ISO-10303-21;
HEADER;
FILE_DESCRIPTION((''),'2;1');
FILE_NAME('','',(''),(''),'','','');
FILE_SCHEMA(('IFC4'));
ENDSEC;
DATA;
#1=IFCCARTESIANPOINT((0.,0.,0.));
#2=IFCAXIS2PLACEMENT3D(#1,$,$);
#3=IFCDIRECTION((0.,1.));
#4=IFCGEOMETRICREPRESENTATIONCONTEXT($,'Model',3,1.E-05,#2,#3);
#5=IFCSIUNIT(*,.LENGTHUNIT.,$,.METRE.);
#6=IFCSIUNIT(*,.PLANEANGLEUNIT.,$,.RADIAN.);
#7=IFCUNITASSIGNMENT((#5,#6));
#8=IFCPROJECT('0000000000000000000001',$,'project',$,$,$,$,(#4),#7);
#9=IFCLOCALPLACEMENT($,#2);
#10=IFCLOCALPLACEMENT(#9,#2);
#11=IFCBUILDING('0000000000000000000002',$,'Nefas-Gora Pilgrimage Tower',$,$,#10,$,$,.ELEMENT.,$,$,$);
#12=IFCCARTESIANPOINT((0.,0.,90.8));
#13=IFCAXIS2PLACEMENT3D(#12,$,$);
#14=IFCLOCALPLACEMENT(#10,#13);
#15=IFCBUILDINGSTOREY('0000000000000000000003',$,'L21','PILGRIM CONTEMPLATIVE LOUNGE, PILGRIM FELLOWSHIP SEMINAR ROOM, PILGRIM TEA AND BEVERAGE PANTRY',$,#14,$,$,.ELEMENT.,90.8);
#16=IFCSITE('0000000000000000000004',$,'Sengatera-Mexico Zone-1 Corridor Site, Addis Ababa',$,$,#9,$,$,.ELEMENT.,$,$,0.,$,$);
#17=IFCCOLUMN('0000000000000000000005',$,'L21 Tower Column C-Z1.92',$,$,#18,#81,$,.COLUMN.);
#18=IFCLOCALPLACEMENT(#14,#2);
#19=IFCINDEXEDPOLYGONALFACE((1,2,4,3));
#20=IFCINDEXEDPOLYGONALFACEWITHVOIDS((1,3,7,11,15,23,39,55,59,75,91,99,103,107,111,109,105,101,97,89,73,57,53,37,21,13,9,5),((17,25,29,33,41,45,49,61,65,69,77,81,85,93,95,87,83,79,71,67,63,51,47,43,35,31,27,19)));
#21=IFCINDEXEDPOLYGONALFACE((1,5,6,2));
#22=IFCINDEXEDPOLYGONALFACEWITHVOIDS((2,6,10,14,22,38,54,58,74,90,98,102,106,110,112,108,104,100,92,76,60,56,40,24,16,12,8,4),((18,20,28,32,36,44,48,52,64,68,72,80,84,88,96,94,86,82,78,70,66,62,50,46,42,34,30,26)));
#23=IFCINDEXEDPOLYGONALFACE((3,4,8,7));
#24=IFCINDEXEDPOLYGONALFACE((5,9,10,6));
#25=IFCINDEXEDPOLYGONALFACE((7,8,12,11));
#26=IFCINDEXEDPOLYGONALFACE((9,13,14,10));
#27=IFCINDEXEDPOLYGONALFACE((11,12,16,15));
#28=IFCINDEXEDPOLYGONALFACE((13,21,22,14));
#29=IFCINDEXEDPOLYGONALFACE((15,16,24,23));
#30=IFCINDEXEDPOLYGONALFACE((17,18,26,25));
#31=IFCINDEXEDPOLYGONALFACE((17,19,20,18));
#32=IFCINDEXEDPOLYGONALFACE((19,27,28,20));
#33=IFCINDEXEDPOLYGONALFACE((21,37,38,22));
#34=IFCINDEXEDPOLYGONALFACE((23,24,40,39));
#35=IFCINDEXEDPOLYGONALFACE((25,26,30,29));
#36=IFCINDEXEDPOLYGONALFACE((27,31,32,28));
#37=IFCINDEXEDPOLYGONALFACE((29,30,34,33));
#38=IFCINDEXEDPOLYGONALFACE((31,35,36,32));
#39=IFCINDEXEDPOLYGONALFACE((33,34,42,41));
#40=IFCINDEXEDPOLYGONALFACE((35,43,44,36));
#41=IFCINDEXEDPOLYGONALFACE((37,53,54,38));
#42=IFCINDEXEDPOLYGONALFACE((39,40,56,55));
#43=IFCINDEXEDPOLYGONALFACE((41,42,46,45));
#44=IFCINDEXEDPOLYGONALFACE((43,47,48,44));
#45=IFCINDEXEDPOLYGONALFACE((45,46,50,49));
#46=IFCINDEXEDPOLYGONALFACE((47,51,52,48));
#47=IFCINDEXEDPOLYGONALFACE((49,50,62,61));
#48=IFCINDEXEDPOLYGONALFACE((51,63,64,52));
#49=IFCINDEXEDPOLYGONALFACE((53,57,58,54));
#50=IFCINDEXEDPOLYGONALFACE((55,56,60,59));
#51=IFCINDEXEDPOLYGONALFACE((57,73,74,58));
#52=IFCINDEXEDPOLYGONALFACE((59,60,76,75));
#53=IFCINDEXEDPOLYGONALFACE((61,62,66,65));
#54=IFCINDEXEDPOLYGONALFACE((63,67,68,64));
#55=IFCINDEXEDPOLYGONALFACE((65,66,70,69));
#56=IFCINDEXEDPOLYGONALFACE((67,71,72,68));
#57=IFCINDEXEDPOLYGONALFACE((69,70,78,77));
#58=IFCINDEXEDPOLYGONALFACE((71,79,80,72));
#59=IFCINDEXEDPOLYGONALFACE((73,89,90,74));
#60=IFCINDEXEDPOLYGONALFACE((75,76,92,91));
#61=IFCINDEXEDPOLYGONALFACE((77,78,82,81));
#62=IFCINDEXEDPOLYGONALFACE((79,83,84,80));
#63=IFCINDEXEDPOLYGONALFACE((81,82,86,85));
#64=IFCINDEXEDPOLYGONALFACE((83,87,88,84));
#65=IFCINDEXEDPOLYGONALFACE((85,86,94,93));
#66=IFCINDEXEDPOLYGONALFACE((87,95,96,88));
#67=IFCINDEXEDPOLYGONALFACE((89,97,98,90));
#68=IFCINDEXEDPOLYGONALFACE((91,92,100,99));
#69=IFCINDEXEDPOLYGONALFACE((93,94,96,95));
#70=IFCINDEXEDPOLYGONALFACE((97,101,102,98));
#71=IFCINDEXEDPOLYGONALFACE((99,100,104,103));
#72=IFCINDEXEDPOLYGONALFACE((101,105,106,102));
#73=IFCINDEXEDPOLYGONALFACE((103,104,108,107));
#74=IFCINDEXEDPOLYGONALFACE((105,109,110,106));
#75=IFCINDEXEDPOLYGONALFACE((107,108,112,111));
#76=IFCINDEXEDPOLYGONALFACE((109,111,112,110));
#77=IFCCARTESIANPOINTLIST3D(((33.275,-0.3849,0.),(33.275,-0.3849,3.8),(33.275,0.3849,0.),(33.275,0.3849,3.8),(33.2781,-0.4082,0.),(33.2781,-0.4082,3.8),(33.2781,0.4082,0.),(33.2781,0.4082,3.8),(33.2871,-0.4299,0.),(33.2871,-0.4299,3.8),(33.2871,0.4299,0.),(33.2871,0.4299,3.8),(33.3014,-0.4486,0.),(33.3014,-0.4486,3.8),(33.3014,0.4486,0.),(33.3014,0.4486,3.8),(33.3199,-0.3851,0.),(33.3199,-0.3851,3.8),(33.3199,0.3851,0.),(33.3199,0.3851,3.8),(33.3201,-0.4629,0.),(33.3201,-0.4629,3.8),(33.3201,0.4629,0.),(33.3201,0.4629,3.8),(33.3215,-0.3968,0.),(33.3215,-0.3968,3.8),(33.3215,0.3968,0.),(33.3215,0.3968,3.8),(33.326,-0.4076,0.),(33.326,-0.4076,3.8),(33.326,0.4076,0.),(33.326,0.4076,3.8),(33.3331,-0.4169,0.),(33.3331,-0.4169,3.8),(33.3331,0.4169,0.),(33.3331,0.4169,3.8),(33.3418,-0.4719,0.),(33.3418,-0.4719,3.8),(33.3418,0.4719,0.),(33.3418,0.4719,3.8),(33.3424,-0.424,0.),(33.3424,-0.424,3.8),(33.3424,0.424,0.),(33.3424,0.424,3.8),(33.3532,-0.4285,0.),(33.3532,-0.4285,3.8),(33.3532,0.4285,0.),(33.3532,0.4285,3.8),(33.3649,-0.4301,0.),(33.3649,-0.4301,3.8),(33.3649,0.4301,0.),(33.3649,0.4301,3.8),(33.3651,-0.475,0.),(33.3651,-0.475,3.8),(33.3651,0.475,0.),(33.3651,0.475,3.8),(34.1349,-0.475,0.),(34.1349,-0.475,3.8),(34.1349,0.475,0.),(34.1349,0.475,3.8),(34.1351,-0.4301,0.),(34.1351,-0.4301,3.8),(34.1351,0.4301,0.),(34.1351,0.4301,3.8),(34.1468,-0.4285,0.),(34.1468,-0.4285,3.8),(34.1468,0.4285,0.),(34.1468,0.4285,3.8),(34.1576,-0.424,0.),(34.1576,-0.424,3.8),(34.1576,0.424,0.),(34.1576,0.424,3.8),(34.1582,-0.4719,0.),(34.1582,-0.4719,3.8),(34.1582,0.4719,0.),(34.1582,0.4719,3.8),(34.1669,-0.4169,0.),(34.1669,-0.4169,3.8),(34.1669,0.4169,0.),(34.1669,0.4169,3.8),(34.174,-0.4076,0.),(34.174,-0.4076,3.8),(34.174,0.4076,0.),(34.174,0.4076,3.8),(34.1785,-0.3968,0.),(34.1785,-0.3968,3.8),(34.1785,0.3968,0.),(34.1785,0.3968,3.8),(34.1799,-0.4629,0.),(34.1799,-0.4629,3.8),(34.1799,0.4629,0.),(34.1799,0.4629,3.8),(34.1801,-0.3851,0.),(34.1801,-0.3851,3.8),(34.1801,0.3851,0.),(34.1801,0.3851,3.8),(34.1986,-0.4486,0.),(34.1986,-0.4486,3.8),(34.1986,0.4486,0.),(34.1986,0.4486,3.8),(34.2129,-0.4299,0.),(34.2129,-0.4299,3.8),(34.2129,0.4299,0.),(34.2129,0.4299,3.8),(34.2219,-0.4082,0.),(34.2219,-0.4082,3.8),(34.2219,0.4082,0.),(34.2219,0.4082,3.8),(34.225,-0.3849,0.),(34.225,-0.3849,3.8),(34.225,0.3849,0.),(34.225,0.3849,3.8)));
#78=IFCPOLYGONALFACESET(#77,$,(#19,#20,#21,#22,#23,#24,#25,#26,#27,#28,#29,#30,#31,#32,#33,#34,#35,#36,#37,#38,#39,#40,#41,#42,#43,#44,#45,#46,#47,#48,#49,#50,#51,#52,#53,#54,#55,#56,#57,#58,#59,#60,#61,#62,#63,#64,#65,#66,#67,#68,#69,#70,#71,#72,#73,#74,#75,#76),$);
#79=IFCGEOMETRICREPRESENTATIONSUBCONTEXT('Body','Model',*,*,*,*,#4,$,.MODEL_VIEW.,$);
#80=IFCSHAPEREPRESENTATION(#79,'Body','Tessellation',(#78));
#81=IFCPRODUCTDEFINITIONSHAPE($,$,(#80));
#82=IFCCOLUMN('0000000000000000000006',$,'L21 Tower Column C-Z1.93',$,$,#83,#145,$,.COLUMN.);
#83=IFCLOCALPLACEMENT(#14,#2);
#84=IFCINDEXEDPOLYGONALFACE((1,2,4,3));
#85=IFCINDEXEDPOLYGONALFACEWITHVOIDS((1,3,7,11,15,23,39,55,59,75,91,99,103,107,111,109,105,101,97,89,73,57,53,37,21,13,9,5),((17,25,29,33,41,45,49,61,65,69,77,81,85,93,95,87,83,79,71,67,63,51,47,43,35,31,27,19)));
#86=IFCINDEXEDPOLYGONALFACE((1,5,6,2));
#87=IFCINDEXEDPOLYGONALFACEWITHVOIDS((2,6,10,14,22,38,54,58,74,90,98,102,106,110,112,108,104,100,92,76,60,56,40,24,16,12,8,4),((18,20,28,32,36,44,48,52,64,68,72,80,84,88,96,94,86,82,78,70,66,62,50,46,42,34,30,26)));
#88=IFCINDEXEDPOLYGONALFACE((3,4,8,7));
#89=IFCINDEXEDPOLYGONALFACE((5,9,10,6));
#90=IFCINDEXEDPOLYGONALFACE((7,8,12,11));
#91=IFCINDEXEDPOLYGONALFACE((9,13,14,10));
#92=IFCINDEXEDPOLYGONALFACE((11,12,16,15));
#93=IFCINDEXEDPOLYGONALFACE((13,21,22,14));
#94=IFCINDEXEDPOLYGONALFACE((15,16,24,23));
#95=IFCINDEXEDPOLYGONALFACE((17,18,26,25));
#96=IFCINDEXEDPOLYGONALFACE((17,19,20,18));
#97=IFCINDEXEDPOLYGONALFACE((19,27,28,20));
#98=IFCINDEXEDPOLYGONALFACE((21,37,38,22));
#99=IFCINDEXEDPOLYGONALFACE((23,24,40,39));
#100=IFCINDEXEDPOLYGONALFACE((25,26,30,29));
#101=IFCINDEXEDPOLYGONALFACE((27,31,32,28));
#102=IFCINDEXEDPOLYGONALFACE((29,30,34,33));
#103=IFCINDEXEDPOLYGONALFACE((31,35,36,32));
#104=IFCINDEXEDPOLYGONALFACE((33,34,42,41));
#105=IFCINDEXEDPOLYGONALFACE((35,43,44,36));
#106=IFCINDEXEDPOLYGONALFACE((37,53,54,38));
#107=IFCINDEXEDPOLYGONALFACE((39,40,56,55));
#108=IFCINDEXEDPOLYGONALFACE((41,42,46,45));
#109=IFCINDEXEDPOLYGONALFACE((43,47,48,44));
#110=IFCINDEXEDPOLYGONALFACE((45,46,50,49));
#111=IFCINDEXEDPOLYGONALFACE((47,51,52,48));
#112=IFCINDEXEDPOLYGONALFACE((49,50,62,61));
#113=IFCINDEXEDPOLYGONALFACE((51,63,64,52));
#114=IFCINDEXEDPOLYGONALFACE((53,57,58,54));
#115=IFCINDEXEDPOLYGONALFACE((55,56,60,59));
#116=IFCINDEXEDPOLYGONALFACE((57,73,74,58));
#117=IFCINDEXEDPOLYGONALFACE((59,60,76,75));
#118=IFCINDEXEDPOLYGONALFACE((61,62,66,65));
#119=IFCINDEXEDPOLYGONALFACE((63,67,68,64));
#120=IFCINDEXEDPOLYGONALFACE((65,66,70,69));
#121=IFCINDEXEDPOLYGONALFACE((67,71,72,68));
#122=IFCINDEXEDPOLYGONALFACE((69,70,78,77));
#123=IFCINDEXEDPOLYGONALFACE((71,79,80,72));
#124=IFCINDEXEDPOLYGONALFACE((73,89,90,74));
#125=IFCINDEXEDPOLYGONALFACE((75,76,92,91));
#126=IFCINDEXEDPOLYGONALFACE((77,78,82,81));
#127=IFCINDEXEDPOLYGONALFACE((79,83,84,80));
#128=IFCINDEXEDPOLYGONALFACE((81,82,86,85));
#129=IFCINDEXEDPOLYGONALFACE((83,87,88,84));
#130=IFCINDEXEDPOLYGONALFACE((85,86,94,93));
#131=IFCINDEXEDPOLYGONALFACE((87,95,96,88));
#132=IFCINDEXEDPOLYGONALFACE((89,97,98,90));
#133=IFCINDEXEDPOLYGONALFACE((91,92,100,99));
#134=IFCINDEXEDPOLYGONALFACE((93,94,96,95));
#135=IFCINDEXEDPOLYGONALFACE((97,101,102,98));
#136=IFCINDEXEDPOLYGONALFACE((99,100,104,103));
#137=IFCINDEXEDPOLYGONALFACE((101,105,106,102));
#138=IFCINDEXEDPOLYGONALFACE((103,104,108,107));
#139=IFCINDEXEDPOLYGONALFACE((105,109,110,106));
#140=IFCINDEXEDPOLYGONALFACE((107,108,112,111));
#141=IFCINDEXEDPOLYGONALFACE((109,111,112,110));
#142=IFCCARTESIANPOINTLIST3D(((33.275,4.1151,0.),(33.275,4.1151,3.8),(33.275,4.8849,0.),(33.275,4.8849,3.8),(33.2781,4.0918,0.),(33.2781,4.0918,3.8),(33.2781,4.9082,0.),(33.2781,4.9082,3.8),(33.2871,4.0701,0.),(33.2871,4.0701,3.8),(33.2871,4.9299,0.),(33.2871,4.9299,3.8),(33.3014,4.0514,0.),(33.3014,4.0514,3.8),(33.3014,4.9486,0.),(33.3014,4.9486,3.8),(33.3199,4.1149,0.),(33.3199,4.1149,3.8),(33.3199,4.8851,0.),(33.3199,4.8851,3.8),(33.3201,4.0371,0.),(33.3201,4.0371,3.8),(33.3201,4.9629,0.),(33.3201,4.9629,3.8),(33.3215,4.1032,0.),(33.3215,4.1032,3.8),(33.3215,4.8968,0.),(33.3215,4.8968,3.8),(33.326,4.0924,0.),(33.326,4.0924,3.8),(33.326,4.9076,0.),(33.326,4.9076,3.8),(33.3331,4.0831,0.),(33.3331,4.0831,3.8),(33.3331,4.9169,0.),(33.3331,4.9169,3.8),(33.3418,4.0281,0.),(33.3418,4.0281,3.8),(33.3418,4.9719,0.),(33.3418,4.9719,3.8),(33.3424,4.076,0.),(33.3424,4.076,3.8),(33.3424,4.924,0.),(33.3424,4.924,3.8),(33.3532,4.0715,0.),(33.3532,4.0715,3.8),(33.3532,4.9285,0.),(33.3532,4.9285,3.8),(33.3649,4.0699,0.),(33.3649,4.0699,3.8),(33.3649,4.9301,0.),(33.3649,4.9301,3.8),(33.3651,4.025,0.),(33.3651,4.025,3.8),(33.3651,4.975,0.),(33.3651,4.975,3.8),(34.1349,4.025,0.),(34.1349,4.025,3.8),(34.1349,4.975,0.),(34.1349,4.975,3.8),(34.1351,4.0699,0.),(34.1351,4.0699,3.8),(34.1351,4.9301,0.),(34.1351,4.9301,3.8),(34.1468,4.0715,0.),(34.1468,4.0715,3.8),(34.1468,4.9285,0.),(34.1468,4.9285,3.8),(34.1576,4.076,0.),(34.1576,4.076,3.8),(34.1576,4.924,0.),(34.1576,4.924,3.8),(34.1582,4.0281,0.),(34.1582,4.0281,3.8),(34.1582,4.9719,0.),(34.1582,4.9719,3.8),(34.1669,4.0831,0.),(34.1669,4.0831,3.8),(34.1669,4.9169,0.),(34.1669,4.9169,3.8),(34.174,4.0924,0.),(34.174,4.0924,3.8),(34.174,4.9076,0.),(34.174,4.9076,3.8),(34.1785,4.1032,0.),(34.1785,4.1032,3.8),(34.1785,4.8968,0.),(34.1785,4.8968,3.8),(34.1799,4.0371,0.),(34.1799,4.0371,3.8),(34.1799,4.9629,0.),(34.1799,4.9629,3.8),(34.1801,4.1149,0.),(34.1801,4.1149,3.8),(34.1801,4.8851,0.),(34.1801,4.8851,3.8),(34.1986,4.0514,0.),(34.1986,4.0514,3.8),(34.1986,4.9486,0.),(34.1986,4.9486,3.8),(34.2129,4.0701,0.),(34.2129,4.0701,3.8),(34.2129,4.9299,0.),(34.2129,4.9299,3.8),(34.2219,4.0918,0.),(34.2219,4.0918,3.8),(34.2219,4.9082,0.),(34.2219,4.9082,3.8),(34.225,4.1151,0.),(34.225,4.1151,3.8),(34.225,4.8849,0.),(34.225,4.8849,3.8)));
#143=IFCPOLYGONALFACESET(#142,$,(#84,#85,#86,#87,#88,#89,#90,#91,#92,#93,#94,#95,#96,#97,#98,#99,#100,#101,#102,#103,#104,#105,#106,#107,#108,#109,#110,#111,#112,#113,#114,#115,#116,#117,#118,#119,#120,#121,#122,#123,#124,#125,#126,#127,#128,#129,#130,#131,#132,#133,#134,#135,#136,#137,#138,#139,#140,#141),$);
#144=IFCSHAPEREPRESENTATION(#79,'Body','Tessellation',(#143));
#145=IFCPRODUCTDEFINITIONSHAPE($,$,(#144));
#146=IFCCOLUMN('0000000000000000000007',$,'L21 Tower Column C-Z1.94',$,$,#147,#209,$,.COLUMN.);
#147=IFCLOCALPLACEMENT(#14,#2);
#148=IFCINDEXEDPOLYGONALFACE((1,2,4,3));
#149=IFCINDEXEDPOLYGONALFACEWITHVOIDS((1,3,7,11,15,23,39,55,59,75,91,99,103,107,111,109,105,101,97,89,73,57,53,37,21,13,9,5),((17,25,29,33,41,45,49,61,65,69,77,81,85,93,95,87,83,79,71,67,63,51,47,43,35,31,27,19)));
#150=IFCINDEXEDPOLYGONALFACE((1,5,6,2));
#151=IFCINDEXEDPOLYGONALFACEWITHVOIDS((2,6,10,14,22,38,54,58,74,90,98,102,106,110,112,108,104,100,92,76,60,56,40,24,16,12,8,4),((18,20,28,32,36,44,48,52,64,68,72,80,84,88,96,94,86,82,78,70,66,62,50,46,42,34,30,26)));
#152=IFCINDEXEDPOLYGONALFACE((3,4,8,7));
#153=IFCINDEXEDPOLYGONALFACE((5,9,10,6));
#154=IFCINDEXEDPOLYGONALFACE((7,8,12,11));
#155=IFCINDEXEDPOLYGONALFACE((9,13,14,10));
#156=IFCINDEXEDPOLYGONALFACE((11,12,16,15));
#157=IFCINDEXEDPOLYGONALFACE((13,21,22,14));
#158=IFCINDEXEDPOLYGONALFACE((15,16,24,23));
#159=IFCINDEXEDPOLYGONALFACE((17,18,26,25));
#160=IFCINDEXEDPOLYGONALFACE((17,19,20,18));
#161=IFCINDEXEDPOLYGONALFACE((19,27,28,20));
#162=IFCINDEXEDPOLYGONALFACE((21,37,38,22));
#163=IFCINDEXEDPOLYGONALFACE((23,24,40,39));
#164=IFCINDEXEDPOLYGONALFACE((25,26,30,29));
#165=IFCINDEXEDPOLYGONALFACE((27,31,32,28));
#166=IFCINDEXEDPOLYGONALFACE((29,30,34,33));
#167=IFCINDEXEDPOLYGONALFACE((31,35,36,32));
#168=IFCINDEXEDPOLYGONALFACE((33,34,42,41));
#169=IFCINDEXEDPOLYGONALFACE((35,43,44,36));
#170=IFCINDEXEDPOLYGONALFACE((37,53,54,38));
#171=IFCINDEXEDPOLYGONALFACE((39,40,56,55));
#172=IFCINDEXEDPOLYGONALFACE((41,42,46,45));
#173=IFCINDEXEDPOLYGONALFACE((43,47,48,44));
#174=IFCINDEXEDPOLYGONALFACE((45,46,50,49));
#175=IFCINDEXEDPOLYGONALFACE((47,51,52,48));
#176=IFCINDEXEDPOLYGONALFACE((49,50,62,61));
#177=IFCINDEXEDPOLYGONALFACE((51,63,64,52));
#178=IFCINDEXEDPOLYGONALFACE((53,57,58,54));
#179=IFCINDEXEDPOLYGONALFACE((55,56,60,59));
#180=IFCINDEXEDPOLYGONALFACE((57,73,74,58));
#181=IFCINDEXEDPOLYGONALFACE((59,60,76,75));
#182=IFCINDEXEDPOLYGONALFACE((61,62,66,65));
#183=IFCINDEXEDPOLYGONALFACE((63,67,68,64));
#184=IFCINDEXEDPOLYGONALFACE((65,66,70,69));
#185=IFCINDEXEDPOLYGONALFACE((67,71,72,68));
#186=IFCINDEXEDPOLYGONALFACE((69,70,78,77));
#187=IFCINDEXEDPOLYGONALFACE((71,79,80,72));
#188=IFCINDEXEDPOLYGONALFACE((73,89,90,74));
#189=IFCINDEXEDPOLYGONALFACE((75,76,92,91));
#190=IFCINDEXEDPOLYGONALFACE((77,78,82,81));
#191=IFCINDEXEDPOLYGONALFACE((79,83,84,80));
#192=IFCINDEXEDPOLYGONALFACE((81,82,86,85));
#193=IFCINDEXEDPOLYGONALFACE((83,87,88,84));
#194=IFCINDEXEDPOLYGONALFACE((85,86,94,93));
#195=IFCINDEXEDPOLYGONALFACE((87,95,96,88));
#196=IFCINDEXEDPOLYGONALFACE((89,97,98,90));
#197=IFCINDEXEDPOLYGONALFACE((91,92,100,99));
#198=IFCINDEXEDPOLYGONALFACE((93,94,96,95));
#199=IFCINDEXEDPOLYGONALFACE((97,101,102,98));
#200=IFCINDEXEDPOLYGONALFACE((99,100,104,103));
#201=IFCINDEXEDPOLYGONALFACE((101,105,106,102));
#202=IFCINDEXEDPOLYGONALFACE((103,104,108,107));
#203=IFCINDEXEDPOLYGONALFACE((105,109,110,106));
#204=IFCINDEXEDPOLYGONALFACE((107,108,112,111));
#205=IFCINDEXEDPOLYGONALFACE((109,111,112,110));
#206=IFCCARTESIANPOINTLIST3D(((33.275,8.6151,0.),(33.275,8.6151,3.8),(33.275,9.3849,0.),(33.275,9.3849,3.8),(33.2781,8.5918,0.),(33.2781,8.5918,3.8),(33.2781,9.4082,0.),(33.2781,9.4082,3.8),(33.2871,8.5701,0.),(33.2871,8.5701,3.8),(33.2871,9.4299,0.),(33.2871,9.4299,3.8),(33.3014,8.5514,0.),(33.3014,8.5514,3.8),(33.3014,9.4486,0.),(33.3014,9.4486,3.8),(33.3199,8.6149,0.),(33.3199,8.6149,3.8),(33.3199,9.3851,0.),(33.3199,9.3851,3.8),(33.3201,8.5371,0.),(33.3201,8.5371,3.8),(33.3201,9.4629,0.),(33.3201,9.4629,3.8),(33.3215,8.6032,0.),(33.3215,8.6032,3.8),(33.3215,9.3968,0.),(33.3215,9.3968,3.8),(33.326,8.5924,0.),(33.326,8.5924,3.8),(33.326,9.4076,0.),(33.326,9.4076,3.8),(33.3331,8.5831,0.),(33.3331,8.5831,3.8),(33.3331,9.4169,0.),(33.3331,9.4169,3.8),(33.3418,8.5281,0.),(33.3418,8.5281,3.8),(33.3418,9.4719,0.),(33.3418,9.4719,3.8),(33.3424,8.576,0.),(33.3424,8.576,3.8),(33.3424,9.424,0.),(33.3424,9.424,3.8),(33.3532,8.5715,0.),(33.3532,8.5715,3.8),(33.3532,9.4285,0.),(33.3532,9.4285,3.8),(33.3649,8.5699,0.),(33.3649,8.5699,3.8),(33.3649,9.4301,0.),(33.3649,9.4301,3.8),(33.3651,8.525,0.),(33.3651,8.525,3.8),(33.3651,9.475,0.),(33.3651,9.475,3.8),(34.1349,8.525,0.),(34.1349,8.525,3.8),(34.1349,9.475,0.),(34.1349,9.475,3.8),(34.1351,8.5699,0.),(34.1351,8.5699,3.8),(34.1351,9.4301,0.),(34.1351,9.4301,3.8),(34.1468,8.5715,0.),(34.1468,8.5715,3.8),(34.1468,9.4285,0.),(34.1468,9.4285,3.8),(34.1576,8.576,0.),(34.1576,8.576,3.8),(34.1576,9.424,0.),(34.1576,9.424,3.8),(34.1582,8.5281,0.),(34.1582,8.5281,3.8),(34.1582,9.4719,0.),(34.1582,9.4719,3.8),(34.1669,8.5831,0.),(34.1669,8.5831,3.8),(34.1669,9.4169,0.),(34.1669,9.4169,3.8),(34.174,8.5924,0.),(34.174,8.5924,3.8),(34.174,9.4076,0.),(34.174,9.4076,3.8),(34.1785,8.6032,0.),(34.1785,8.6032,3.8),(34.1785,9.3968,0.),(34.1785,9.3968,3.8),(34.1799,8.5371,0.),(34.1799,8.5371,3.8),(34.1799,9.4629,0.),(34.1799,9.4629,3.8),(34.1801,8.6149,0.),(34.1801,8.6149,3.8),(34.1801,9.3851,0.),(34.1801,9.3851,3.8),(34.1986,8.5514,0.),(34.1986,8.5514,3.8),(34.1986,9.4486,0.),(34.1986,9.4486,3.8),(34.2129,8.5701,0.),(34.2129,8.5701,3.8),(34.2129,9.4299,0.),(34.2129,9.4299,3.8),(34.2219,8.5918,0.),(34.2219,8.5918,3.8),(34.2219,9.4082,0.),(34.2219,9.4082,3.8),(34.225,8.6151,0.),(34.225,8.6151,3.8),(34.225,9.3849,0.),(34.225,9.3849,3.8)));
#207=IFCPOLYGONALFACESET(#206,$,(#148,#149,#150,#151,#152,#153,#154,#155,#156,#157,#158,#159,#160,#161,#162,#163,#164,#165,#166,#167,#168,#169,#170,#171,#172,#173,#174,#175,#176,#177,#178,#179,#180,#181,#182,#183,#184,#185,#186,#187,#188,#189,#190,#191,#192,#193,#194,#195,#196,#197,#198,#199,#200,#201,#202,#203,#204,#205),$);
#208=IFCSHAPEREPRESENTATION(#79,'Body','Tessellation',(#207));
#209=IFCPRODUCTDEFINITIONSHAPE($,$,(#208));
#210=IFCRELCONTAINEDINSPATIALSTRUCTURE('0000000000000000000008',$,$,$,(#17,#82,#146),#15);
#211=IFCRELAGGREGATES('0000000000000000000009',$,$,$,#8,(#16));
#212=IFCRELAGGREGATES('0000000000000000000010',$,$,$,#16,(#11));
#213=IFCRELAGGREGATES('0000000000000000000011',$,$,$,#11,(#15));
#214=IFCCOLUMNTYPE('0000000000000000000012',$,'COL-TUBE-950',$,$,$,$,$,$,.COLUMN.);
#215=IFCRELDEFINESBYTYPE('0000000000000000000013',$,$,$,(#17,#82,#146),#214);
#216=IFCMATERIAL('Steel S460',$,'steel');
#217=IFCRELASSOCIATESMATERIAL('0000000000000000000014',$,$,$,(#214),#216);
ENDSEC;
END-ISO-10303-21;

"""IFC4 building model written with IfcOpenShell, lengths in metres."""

from ifc_helpers import new_model, si_unit, direction, frame, origin, origin_2d, place, context, subcontext, project, spatial, hollow_rectangle, extrude, source, transform, mapped, material, material_profile, profile_set, type_object, element, save


model = new_model("IFC4")

# Units and contexts
model_context = context("Model", 3, precision=1e-05, world=origin(), true_north=direction((0.0, 1.0)))
body_context = subcontext(model_context, "Body", "Model", "MODEL_VIEW")
ifc_project = project(units=[si_unit("LENGTHUNIT", "METRE"), si_unit("PLANEANGLEUNIT", "RADIAN")], contexts=[model_context])

# Site, building, storey
site_placement = place(None, origin())
site = spatial("IfcSite", under=ifc_project, at=site_placement, Name="Sengatera-Mexico Zone-1 Corridor Site, Addis Ababa", CompositionType="ELEMENT", RefElevation=0.0)
building_placement = place(site_placement, origin())
building = spatial("IfcBuilding", under=site, at=building_placement, Name="Nefas-Gora Pilgrimage Tower", CompositionType="ELEMENT")
storey_placement = place(building_placement, frame((0.0, 0.0, 90.8)))
storey = spatial("IfcBuildingStorey", under=building, at=storey_placement, Name="L21", Description="PILGRIM CONTEMPLATIVE LOUNGE, PILGRIM FELLOWSHIP SEMINAR ROOM, PILGRIM TEA AND BEVERAGE PANTRY", CompositionType="ELEMENT", Elevation=90.8)

# Columns
ifc_material_1 = material(Name="Steel S460", Category="steel")
ifc_material_profile_1 = material_profile(ifc_material_1, hollow_rectangle(XDim=0.95, YDim=0.95, WallThickness=0.0449, InnerFilletRadius=0.0449, OuterFilletRadius=0.0901, at=origin_2d()), Name="BOX 950x950x45")
ifc_profile_set_1 = profile_set([ifc_material_profile_1], Name="Steel S460")
column_type_1 = type_object("IfcColumnType", Name="COL-TUBE-950", PredefinedType="COLUMN", material=ifc_profile_set_1)
shared_shape_1 = source(origin(), body_context, "Body", "SweptSolid", [
    extrude(hollow_rectangle(XDim=0.95, YDim=0.95, WallThickness=0.0449, InnerFilletRadius=0.0449, OuterFilletRadius=0.0901, at=origin_2d()), origin(), (0.0, 0.0, 1.0), 3.8),
])
for number, where, z_axis, x_axis, name in (
    (1, (33.75, 0.0, 0.0), (0.0, 0.0, 1.0), (1.0, 0.0, 0.0), "L21 Tower Column C-Z1.92"),
    (2, (33.75, 4.5, 0.0), (0.0, 0.0, 1.0), (1.0, 0.0, 0.0), "L21 Tower Column C-Z1.93"),
    (3, (33.75, 9.0, 0.0), (0.0, 0.0, 1.0), (1.0, 0.0, 0.0), "L21 Tower Column C-Z1.94"),
):
    element("IfcColumn", number, at=place(storey_placement, frame(where, z_axis=z_axis, x_axis=x_axis)), inside=storey, type_object=column_type_1, Name=name, PredefinedType="COLUMN", context=body_context, shape_type="MappedRepresentation", body=[
        mapped(shared_shape_1, transform((0.0, 0.0, 0.0), x_axis=(1.0, 0.0, 0.0), y_axis=(0.0, 1.0, 0.0), z_axis=(0.0, 0.0, 1.0), scale=1.0)),
    ])

save(model, "model.ifc")
